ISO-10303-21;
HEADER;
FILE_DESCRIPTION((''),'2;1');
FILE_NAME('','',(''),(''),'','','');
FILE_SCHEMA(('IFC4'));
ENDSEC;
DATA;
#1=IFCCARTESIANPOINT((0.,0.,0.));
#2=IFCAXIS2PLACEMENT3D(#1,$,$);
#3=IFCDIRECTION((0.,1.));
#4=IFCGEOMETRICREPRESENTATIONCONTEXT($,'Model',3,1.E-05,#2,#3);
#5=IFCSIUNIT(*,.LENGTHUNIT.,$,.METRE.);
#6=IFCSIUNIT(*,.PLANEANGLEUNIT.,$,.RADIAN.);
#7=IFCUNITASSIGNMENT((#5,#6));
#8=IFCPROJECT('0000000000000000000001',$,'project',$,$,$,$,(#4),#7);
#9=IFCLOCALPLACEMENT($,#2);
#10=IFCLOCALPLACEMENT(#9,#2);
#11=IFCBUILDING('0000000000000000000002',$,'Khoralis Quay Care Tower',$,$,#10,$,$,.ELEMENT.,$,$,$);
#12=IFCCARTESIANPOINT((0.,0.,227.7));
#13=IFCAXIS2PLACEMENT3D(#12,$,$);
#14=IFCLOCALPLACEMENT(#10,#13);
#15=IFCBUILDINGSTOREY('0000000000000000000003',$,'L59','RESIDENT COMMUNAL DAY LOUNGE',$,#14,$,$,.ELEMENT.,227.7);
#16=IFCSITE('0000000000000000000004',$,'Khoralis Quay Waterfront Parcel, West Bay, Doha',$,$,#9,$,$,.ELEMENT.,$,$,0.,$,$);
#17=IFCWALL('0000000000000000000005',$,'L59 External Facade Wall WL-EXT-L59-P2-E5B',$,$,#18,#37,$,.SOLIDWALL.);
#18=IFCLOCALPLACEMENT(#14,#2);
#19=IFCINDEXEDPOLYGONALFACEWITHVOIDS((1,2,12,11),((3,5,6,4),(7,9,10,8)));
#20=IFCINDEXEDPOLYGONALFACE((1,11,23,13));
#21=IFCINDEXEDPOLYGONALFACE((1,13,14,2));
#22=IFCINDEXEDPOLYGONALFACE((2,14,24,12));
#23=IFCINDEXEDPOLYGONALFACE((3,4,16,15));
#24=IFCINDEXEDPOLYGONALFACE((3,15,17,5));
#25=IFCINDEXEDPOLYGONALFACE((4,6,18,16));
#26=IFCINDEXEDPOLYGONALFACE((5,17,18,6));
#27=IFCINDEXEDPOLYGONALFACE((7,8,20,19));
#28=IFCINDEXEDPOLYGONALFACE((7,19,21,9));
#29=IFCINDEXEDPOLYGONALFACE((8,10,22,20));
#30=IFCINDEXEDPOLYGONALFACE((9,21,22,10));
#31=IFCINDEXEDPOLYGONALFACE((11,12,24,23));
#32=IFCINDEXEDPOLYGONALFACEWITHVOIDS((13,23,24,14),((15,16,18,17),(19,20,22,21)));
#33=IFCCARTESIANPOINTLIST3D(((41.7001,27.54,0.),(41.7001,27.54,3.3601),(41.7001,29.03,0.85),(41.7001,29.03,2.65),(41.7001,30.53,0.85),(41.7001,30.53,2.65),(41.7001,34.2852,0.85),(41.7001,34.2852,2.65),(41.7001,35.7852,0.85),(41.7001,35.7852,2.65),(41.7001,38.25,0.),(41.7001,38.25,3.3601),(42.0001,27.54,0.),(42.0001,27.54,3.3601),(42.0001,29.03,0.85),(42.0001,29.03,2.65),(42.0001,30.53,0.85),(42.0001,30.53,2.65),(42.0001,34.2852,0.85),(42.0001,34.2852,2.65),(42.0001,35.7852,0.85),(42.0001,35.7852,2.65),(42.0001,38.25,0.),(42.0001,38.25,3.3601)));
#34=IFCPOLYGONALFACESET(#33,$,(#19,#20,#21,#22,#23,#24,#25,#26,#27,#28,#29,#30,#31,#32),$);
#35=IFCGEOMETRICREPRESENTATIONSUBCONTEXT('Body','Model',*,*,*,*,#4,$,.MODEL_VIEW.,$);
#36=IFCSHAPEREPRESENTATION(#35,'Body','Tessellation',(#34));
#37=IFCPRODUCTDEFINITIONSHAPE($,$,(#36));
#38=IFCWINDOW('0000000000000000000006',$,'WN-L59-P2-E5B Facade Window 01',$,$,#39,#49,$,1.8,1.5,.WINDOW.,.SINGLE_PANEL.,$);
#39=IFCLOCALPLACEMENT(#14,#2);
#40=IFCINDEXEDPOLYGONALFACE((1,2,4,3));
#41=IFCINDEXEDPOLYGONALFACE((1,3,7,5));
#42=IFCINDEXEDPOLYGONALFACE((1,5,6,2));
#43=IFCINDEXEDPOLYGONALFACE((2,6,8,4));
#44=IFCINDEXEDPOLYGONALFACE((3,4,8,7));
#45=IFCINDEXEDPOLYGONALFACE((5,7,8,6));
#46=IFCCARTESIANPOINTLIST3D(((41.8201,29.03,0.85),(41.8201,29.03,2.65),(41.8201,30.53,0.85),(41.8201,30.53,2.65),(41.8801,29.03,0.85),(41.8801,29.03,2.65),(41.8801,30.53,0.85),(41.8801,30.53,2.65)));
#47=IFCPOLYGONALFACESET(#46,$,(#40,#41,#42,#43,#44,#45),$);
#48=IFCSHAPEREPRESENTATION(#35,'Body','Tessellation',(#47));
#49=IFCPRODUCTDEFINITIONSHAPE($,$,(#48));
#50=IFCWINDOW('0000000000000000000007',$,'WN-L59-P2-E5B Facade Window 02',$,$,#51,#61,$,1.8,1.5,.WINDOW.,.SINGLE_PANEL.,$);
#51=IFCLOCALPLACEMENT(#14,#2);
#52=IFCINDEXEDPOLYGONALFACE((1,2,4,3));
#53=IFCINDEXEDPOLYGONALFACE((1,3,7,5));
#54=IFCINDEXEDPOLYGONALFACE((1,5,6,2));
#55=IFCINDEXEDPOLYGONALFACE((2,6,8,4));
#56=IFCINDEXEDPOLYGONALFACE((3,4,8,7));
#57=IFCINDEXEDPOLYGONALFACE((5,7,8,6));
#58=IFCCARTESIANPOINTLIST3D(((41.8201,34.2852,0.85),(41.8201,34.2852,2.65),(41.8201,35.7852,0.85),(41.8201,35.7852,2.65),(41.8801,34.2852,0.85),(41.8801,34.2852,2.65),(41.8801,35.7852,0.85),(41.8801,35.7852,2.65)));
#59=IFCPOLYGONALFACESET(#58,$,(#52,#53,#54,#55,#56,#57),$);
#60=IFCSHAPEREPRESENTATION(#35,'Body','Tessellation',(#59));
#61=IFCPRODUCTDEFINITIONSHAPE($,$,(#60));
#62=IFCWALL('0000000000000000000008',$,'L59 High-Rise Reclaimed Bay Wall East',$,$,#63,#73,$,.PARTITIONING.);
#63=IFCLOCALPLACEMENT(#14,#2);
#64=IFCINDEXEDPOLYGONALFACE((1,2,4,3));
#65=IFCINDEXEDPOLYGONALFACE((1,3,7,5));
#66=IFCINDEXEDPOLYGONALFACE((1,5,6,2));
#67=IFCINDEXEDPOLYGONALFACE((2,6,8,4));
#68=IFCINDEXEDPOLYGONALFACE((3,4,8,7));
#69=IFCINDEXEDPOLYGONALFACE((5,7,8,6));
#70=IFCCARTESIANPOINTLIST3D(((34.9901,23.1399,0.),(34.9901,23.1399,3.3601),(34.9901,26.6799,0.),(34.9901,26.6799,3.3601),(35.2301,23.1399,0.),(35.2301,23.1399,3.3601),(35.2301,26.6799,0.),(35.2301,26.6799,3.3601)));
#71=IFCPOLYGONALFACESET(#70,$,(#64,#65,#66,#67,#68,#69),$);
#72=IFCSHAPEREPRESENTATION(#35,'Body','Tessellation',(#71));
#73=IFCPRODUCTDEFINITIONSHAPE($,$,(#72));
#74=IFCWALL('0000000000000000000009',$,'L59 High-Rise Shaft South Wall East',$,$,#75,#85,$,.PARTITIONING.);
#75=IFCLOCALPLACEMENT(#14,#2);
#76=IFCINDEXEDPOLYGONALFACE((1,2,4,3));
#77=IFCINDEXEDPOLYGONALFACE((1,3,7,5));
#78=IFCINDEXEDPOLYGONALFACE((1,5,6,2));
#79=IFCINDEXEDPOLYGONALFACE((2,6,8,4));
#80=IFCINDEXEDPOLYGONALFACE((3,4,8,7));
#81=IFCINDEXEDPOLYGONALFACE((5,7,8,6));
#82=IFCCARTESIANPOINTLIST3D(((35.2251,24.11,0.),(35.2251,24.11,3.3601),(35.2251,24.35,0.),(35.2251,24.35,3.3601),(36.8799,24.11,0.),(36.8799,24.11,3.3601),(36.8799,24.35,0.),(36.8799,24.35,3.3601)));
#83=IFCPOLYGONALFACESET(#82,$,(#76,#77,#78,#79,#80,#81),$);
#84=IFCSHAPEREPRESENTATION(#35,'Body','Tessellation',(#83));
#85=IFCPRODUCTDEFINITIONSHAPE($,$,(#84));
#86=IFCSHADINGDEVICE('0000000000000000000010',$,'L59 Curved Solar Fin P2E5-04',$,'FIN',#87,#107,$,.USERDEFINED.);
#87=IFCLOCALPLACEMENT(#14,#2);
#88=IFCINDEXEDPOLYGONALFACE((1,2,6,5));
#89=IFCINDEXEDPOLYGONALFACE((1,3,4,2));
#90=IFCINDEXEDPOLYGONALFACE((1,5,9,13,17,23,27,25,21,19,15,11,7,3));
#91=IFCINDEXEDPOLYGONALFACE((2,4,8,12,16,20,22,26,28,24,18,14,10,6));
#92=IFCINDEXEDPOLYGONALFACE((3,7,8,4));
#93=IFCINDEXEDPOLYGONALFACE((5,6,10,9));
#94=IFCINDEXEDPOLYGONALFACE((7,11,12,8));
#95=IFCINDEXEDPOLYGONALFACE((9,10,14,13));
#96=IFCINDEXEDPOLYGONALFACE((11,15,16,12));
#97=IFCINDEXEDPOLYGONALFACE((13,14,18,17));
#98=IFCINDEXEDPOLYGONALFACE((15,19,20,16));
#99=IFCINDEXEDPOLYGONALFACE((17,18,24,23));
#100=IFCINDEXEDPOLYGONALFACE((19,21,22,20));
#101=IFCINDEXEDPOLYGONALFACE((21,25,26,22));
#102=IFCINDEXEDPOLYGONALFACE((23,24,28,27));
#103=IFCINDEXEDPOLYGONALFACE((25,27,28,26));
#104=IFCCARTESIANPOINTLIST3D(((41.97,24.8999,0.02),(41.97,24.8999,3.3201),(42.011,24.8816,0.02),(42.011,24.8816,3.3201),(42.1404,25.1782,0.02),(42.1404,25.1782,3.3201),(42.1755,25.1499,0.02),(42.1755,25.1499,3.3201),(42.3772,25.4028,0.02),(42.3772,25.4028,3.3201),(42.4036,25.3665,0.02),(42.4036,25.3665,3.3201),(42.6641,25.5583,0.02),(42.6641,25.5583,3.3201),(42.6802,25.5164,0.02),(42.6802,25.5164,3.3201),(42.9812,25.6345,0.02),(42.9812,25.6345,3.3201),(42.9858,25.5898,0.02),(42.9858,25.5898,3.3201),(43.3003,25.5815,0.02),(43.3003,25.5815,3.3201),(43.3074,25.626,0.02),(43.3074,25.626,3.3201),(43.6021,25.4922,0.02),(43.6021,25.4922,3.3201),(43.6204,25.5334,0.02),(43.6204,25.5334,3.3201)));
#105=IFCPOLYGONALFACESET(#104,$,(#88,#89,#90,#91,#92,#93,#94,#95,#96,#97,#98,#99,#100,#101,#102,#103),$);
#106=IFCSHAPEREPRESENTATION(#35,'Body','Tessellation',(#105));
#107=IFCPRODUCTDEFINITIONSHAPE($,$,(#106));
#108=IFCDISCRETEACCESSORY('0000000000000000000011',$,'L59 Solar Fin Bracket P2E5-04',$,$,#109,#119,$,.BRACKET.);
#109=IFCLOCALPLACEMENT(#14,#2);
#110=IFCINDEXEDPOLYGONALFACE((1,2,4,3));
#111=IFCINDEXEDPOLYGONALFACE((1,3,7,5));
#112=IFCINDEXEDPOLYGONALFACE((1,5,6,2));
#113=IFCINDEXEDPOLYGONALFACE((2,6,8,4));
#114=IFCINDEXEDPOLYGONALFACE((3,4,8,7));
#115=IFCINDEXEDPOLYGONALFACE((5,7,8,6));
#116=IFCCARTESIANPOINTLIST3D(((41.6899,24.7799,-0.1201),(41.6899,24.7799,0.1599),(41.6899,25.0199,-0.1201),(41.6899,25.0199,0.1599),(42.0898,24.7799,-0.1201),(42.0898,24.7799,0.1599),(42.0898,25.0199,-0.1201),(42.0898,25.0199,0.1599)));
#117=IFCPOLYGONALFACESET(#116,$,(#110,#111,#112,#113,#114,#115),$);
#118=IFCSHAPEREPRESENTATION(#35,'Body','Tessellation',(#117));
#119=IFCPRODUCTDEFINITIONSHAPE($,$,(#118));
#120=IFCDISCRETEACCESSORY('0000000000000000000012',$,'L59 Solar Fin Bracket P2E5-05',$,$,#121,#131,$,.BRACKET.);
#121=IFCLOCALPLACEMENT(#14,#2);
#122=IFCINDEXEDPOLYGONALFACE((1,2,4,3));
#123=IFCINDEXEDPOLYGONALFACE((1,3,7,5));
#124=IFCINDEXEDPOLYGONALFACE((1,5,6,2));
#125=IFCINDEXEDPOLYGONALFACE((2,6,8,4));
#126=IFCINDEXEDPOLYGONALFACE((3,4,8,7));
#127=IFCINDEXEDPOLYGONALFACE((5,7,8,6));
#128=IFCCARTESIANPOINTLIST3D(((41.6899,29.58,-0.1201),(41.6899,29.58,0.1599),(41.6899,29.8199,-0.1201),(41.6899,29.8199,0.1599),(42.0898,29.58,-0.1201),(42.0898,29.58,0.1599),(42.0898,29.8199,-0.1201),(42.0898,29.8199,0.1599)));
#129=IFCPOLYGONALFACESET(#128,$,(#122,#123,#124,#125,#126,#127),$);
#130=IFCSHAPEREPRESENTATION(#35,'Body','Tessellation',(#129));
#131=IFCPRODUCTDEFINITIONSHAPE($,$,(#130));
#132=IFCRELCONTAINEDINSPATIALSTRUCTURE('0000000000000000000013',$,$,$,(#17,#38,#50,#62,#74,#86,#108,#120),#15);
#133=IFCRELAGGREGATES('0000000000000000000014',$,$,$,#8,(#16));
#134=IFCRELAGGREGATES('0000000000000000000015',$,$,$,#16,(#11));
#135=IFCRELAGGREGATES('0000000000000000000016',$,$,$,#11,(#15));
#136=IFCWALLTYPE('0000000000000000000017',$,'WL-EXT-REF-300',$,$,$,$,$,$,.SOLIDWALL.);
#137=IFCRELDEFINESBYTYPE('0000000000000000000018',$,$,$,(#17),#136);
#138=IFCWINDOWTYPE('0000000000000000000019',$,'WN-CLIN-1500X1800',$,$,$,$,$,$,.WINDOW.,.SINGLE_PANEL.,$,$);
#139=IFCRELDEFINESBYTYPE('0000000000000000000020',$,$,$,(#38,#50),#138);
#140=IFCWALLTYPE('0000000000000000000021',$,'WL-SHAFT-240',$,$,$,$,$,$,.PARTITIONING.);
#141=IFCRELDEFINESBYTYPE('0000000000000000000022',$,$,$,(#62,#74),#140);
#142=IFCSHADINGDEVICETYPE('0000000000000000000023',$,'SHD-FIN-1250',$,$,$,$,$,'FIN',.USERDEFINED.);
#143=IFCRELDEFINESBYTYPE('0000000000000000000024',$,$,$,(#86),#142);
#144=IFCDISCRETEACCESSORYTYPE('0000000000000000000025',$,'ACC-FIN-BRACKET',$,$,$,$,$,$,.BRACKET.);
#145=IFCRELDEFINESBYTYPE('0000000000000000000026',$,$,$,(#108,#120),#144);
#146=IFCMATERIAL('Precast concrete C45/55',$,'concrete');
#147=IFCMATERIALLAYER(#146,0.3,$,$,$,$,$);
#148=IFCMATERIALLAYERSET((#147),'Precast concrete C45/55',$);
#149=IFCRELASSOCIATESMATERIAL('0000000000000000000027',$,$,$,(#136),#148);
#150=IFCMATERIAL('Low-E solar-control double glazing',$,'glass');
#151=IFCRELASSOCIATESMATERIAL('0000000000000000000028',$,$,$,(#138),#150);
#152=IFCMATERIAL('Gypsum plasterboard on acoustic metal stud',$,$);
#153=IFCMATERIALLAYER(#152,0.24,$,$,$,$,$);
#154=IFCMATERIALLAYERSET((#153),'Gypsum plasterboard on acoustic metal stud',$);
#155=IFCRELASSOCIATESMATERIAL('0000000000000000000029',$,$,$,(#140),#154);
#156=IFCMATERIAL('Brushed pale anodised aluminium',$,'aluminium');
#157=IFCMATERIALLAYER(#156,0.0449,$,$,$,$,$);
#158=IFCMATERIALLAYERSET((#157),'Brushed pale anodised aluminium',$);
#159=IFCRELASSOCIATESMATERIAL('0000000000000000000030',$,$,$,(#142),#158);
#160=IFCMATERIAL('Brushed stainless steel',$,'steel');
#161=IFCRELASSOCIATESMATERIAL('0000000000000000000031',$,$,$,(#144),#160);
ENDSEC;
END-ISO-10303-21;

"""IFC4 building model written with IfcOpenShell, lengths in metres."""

from ifc_helpers import new_model, si_unit, direction, frame, frame_2d, origin, origin_2d, place, context, subcontext, project, spatial, polyline, rectangle, outline, extrude, source, transform, mapped, material, layer, layer_set, type_object, element, fill, save


model = new_model("IFC4")

# Units and contexts
model_context = context("Model", 3, precision=1e-05, world=origin(), true_north=direction((0.0, 1.0)))
body_context = subcontext(model_context, "Body", "Model", "MODEL_VIEW")
ifc_project = project(units=[si_unit("LENGTHUNIT", "METRE"), si_unit("PLANEANGLEUNIT", "RADIAN")], contexts=[model_context])

# Site, building, storey
site_placement = place(None, origin())
site = spatial("IfcSite", under=ifc_project, at=site_placement, Name="Khoralis Quay Waterfront Parcel, West Bay, Doha", CompositionType="ELEMENT", RefElevation=0.0)
building_placement = place(site_placement, origin())
building = spatial("IfcBuilding", under=site, at=building_placement, Name="Khoralis Quay Care Tower", CompositionType="ELEMENT")
storey_placement = place(building_placement, frame((0.0, 0.0, 227.7)))
storey = spatial("IfcBuildingStorey", under=building, at=storey_placement, Name="L59", Description="RESIDENT COMMUNAL DAY LOUNGE", CompositionType="ELEMENT", Elevation=227.7)

# Shared definitions
ifc_material_1 = material(Name="Low-E solar-control double glazing", Category="glass")

# Shared definitions
ifc_material_2 = material(Name="Brushed stainless steel", Category="steel")

# Shared definitions
ifc_material_3 = material(Name="Gypsum plasterboard on acoustic metal stud")

# Wall, openings, windows
ifc_material_4 = material(Name="Precast concrete C45/55", Category="concrete")
ifc_layer_1 = layer(ifc_material_4, 0.3)
ifc_layer_set_1 = layer_set([ifc_layer_1], Name="Precast concrete C45/55")
wall_type_1 = type_object("IfcWallType", Name="WL-EXT-REF-300", PredefinedType="SOLIDWALL", material=ifc_layer_set_1)
wall_1_placement = place(storey_placement, frame((41.8501, 27.54, 0.0), z_axis=(0.0, 0.0, 1.0), x_axis=(0.0, 1.0, 0.0)))
wall_1 = element("IfcWall", 1, at=wall_1_placement, inside=storey, type_object=wall_type_1, Name="L59 External Facade Wall WL-EXT-L59-P2-E5B", PredefinedType="SOLIDWALL", context=body_context, shape_type="SweptSolid", body=[
    extrude(rectangle(XDim=10.71, YDim=0.3, at=frame_2d((5.355, 0.0))), origin(), (0.0, 0.0, 1.0), 3.3601),
])
opening_1_placement = place(wall_1_placement, frame((1.49, 0.0, 0.8501)))
opening_1 = element("IfcOpeningElement", 2, at=opening_1_placement, cuts=wall_1, PredefinedType="OPENING", context=body_context, shape_type="SweptSolid", body=[
    extrude(rectangle(XDim=1.5, YDim=1.8, at=frame_2d((0.75, 0.8999))), frame((0.0, 0.1602, 0.0), z_axis=(0.0, -1.0, 0.0), x_axis=(1.0, 0.0, 0.0)), (0.0, 0.0, 1.0), 0.3201),
])
opening_2_placement = place(wall_1_placement, frame((6.7451, 0.0, 0.8501)))
opening_2 = element("IfcOpeningElement", 3, at=opening_2_placement, cuts=wall_1, PredefinedType="OPENING", context=body_context, shape_type="SweptSolid", body=[
    extrude(rectangle(XDim=1.5, YDim=1.8, at=frame_2d((0.75, 0.8999))), frame((0.0, 0.1602, 0.0), z_axis=(0.0, -1.0, 0.0), x_axis=(1.0, 0.0, 0.0)), (0.0, 0.0, 1.0), 0.3201),
])
window_type = type_object("IfcWindowType", Name="WN-CLIN-1500X1800", PartitioningType="SINGLE_PANEL", PredefinedType="WINDOW", material=ifc_material_1)
shared_shape_1 = source(origin(), body_context, "Body", "SweptSolid", [
    extrude(rectangle(XDim=1.5, YDim=1.8, at=frame_2d((0.75, 0.8999))), frame((0.0, 0.03, 0.0), z_axis=(0.0, -1.0, 0.0), x_axis=(1.0, 0.0, 0.0)), (0.0, 0.0, 1.0), 0.0601),
])
window_1_placement = place(opening_1_placement, origin())
window_1 = element("IfcWindow", 4, at=window_1_placement, inside=storey, type_object=window_type, Name="WN-L59-P2-E5B Facade Window 01", OverallHeight=1.8, OverallWidth=1.5, PartitioningType="SINGLE_PANEL", PredefinedType="WINDOW", context=body_context, shape_type="MappedRepresentation", body=[
    mapped(shared_shape_1, transform((0.0, 0.0, 0.0), scale=1.0)),
])
fill(opening_1, window_1)
window_2_placement = place(opening_2_placement, origin())
window_2 = element("IfcWindow", 5, at=window_2_placement, inside=storey, type_object=window_type, Name="WN-L59-P2-E5B Facade Window 02", OverallHeight=1.8, OverallWidth=1.5, PartitioningType="SINGLE_PANEL", PredefinedType="WINDOW", context=body_context, shape_type="MappedRepresentation", body=[
    mapped(shared_shape_1, transform((0.0, 0.0, 0.0), scale=1.0)),
])
fill(opening_2, window_2)

# Walls
ifc_layer_2 = layer(ifc_material_3, 0.24)
ifc_layer_set_2 = layer_set([ifc_layer_2], Name="Gypsum plasterboard on acoustic metal stud")
wall_type_2 = type_object("IfcWallType", Name="WL-SHAFT-240", PredefinedType="PARTITIONING", material=ifc_layer_set_2)
wall_2_placement = place(storey_placement, frame((35.1101, 23.1399, 0.0), z_axis=(0.0, 0.0, 1.0), x_axis=(0.0, 1.0, 0.0)))
element("IfcWall", 6, at=wall_2_placement, inside=storey, type_object=wall_type_2, Name="L59 High-Rise Reclaimed Bay Wall East", PredefinedType="PARTITIONING", context=body_context, shape_type="SweptSolid", body=[
    extrude(rectangle(XDim=3.54, YDim=0.24, at=frame_2d((1.77, 0.0))), origin(), (0.0, 0.0, 1.0), 3.3601),
])
wall_3_placement = place(storey_placement, frame((35.2251, 24.23, 0.0), z_axis=(0.0, 0.0, 1.0), x_axis=(1.0, 0.0, 0.0)))
element("IfcWall", 7, at=wall_3_placement, inside=storey, type_object=wall_type_2, Name="L59 High-Rise Shaft South Wall East", PredefinedType="PARTITIONING", context=body_context, shape_type="SweptSolid", body=[
    extrude(rectangle(XDim=1.6548, YDim=0.24, at=frame_2d((0.8274, 0.0))), origin(), (0.0, 0.0, 1.0), 3.3601),
])

# Shading device
ifc_material_5 = material(Name="Brushed pale anodised aluminium", Category="aluminium")
ifc_layer_3 = layer(ifc_material_5, 0.0449)
ifc_layer_set_3 = layer_set([ifc_layer_3], Name="Brushed pale anodised aluminium")
shading_device_type = type_object("IfcShadingDeviceType", Name="SHD-FIN-1250", ElementType="FIN", PredefinedType="USERDEFINED", material=ifc_layer_set_3)
shared_shape_2 = source(origin(), body_context, "Body", "SweptSolid", [
    extrude(outline(polyline([(0.0, 0.0), (0.1704, 0.2783), (0.4072, 0.5029), (0.6941, 0.6584), (1.0112, 0.7346), (1.3374, 0.7261), (1.6504, 0.6335), (1.6321, 0.5923), (1.3303, 0.6816), (1.0159, 0.6899), (0.7102, 0.6165), (0.4336, 0.4666), (0.2056, 0.25), (0.041, -0.0183), (0.0, 0.0)])), origin(), (0.0, 0.0, 1.0), 3.3),
])
shading_device_placement = place(storey_placement, frame((41.97, 24.8999, 0.02), z_axis=(0.0, 0.0, 1.0), x_axis=(1.0, 0.0, 0.0)))
element("IfcShadingDevice", 8, at=shading_device_placement, inside=storey, type_object=shading_device_type, Name="L59 Curved Solar Fin P2E5-04", ObjectType="FIN", PredefinedType="USERDEFINED", context=body_context, shape_type="MappedRepresentation", body=[
    mapped(shared_shape_2, transform((0.0, 0.0, 0.0), scale=1.0)),
])

# Discrete accessories
discrete_accessory_type = type_object("IfcDiscreteAccessoryType", Name="ACC-FIN-BRACKET", PredefinedType="BRACKET", material=ifc_material_2)
shared_shape_3 = source(origin(), body_context, "Body", "SweptSolid", [
    extrude(rectangle(XDim=0.3999, YDim=0.24, at=origin_2d()), origin(), (0.0, 0.0, 1.0), 0.28),
])
for number, where, z_axis, x_axis, name in (
    (9, (41.8899, 24.8999, -0.1201), (0.0, 0.0, 1.0), (1.0, 0.0, 0.0), "L59 Solar Fin Bracket P2E5-04"),
    (10, (41.8899, 29.7, -0.1201), (0.0, 0.0, 1.0), (1.0, 0.0, 0.0), "L59 Solar Fin Bracket P2E5-05"),
):
    element("IfcDiscreteAccessory", number, at=place(storey_placement, frame(where, z_axis=z_axis, x_axis=x_axis)), inside=storey, type_object=discrete_accessory_type, Name=name, PredefinedType="BRACKET", context=body_context, shape_type="MappedRepresentation", body=[
        mapped(shared_shape_3, transform((0.0, 0.0, 0.0), scale=1.0)),
    ])

save(model, "model.ifc")
